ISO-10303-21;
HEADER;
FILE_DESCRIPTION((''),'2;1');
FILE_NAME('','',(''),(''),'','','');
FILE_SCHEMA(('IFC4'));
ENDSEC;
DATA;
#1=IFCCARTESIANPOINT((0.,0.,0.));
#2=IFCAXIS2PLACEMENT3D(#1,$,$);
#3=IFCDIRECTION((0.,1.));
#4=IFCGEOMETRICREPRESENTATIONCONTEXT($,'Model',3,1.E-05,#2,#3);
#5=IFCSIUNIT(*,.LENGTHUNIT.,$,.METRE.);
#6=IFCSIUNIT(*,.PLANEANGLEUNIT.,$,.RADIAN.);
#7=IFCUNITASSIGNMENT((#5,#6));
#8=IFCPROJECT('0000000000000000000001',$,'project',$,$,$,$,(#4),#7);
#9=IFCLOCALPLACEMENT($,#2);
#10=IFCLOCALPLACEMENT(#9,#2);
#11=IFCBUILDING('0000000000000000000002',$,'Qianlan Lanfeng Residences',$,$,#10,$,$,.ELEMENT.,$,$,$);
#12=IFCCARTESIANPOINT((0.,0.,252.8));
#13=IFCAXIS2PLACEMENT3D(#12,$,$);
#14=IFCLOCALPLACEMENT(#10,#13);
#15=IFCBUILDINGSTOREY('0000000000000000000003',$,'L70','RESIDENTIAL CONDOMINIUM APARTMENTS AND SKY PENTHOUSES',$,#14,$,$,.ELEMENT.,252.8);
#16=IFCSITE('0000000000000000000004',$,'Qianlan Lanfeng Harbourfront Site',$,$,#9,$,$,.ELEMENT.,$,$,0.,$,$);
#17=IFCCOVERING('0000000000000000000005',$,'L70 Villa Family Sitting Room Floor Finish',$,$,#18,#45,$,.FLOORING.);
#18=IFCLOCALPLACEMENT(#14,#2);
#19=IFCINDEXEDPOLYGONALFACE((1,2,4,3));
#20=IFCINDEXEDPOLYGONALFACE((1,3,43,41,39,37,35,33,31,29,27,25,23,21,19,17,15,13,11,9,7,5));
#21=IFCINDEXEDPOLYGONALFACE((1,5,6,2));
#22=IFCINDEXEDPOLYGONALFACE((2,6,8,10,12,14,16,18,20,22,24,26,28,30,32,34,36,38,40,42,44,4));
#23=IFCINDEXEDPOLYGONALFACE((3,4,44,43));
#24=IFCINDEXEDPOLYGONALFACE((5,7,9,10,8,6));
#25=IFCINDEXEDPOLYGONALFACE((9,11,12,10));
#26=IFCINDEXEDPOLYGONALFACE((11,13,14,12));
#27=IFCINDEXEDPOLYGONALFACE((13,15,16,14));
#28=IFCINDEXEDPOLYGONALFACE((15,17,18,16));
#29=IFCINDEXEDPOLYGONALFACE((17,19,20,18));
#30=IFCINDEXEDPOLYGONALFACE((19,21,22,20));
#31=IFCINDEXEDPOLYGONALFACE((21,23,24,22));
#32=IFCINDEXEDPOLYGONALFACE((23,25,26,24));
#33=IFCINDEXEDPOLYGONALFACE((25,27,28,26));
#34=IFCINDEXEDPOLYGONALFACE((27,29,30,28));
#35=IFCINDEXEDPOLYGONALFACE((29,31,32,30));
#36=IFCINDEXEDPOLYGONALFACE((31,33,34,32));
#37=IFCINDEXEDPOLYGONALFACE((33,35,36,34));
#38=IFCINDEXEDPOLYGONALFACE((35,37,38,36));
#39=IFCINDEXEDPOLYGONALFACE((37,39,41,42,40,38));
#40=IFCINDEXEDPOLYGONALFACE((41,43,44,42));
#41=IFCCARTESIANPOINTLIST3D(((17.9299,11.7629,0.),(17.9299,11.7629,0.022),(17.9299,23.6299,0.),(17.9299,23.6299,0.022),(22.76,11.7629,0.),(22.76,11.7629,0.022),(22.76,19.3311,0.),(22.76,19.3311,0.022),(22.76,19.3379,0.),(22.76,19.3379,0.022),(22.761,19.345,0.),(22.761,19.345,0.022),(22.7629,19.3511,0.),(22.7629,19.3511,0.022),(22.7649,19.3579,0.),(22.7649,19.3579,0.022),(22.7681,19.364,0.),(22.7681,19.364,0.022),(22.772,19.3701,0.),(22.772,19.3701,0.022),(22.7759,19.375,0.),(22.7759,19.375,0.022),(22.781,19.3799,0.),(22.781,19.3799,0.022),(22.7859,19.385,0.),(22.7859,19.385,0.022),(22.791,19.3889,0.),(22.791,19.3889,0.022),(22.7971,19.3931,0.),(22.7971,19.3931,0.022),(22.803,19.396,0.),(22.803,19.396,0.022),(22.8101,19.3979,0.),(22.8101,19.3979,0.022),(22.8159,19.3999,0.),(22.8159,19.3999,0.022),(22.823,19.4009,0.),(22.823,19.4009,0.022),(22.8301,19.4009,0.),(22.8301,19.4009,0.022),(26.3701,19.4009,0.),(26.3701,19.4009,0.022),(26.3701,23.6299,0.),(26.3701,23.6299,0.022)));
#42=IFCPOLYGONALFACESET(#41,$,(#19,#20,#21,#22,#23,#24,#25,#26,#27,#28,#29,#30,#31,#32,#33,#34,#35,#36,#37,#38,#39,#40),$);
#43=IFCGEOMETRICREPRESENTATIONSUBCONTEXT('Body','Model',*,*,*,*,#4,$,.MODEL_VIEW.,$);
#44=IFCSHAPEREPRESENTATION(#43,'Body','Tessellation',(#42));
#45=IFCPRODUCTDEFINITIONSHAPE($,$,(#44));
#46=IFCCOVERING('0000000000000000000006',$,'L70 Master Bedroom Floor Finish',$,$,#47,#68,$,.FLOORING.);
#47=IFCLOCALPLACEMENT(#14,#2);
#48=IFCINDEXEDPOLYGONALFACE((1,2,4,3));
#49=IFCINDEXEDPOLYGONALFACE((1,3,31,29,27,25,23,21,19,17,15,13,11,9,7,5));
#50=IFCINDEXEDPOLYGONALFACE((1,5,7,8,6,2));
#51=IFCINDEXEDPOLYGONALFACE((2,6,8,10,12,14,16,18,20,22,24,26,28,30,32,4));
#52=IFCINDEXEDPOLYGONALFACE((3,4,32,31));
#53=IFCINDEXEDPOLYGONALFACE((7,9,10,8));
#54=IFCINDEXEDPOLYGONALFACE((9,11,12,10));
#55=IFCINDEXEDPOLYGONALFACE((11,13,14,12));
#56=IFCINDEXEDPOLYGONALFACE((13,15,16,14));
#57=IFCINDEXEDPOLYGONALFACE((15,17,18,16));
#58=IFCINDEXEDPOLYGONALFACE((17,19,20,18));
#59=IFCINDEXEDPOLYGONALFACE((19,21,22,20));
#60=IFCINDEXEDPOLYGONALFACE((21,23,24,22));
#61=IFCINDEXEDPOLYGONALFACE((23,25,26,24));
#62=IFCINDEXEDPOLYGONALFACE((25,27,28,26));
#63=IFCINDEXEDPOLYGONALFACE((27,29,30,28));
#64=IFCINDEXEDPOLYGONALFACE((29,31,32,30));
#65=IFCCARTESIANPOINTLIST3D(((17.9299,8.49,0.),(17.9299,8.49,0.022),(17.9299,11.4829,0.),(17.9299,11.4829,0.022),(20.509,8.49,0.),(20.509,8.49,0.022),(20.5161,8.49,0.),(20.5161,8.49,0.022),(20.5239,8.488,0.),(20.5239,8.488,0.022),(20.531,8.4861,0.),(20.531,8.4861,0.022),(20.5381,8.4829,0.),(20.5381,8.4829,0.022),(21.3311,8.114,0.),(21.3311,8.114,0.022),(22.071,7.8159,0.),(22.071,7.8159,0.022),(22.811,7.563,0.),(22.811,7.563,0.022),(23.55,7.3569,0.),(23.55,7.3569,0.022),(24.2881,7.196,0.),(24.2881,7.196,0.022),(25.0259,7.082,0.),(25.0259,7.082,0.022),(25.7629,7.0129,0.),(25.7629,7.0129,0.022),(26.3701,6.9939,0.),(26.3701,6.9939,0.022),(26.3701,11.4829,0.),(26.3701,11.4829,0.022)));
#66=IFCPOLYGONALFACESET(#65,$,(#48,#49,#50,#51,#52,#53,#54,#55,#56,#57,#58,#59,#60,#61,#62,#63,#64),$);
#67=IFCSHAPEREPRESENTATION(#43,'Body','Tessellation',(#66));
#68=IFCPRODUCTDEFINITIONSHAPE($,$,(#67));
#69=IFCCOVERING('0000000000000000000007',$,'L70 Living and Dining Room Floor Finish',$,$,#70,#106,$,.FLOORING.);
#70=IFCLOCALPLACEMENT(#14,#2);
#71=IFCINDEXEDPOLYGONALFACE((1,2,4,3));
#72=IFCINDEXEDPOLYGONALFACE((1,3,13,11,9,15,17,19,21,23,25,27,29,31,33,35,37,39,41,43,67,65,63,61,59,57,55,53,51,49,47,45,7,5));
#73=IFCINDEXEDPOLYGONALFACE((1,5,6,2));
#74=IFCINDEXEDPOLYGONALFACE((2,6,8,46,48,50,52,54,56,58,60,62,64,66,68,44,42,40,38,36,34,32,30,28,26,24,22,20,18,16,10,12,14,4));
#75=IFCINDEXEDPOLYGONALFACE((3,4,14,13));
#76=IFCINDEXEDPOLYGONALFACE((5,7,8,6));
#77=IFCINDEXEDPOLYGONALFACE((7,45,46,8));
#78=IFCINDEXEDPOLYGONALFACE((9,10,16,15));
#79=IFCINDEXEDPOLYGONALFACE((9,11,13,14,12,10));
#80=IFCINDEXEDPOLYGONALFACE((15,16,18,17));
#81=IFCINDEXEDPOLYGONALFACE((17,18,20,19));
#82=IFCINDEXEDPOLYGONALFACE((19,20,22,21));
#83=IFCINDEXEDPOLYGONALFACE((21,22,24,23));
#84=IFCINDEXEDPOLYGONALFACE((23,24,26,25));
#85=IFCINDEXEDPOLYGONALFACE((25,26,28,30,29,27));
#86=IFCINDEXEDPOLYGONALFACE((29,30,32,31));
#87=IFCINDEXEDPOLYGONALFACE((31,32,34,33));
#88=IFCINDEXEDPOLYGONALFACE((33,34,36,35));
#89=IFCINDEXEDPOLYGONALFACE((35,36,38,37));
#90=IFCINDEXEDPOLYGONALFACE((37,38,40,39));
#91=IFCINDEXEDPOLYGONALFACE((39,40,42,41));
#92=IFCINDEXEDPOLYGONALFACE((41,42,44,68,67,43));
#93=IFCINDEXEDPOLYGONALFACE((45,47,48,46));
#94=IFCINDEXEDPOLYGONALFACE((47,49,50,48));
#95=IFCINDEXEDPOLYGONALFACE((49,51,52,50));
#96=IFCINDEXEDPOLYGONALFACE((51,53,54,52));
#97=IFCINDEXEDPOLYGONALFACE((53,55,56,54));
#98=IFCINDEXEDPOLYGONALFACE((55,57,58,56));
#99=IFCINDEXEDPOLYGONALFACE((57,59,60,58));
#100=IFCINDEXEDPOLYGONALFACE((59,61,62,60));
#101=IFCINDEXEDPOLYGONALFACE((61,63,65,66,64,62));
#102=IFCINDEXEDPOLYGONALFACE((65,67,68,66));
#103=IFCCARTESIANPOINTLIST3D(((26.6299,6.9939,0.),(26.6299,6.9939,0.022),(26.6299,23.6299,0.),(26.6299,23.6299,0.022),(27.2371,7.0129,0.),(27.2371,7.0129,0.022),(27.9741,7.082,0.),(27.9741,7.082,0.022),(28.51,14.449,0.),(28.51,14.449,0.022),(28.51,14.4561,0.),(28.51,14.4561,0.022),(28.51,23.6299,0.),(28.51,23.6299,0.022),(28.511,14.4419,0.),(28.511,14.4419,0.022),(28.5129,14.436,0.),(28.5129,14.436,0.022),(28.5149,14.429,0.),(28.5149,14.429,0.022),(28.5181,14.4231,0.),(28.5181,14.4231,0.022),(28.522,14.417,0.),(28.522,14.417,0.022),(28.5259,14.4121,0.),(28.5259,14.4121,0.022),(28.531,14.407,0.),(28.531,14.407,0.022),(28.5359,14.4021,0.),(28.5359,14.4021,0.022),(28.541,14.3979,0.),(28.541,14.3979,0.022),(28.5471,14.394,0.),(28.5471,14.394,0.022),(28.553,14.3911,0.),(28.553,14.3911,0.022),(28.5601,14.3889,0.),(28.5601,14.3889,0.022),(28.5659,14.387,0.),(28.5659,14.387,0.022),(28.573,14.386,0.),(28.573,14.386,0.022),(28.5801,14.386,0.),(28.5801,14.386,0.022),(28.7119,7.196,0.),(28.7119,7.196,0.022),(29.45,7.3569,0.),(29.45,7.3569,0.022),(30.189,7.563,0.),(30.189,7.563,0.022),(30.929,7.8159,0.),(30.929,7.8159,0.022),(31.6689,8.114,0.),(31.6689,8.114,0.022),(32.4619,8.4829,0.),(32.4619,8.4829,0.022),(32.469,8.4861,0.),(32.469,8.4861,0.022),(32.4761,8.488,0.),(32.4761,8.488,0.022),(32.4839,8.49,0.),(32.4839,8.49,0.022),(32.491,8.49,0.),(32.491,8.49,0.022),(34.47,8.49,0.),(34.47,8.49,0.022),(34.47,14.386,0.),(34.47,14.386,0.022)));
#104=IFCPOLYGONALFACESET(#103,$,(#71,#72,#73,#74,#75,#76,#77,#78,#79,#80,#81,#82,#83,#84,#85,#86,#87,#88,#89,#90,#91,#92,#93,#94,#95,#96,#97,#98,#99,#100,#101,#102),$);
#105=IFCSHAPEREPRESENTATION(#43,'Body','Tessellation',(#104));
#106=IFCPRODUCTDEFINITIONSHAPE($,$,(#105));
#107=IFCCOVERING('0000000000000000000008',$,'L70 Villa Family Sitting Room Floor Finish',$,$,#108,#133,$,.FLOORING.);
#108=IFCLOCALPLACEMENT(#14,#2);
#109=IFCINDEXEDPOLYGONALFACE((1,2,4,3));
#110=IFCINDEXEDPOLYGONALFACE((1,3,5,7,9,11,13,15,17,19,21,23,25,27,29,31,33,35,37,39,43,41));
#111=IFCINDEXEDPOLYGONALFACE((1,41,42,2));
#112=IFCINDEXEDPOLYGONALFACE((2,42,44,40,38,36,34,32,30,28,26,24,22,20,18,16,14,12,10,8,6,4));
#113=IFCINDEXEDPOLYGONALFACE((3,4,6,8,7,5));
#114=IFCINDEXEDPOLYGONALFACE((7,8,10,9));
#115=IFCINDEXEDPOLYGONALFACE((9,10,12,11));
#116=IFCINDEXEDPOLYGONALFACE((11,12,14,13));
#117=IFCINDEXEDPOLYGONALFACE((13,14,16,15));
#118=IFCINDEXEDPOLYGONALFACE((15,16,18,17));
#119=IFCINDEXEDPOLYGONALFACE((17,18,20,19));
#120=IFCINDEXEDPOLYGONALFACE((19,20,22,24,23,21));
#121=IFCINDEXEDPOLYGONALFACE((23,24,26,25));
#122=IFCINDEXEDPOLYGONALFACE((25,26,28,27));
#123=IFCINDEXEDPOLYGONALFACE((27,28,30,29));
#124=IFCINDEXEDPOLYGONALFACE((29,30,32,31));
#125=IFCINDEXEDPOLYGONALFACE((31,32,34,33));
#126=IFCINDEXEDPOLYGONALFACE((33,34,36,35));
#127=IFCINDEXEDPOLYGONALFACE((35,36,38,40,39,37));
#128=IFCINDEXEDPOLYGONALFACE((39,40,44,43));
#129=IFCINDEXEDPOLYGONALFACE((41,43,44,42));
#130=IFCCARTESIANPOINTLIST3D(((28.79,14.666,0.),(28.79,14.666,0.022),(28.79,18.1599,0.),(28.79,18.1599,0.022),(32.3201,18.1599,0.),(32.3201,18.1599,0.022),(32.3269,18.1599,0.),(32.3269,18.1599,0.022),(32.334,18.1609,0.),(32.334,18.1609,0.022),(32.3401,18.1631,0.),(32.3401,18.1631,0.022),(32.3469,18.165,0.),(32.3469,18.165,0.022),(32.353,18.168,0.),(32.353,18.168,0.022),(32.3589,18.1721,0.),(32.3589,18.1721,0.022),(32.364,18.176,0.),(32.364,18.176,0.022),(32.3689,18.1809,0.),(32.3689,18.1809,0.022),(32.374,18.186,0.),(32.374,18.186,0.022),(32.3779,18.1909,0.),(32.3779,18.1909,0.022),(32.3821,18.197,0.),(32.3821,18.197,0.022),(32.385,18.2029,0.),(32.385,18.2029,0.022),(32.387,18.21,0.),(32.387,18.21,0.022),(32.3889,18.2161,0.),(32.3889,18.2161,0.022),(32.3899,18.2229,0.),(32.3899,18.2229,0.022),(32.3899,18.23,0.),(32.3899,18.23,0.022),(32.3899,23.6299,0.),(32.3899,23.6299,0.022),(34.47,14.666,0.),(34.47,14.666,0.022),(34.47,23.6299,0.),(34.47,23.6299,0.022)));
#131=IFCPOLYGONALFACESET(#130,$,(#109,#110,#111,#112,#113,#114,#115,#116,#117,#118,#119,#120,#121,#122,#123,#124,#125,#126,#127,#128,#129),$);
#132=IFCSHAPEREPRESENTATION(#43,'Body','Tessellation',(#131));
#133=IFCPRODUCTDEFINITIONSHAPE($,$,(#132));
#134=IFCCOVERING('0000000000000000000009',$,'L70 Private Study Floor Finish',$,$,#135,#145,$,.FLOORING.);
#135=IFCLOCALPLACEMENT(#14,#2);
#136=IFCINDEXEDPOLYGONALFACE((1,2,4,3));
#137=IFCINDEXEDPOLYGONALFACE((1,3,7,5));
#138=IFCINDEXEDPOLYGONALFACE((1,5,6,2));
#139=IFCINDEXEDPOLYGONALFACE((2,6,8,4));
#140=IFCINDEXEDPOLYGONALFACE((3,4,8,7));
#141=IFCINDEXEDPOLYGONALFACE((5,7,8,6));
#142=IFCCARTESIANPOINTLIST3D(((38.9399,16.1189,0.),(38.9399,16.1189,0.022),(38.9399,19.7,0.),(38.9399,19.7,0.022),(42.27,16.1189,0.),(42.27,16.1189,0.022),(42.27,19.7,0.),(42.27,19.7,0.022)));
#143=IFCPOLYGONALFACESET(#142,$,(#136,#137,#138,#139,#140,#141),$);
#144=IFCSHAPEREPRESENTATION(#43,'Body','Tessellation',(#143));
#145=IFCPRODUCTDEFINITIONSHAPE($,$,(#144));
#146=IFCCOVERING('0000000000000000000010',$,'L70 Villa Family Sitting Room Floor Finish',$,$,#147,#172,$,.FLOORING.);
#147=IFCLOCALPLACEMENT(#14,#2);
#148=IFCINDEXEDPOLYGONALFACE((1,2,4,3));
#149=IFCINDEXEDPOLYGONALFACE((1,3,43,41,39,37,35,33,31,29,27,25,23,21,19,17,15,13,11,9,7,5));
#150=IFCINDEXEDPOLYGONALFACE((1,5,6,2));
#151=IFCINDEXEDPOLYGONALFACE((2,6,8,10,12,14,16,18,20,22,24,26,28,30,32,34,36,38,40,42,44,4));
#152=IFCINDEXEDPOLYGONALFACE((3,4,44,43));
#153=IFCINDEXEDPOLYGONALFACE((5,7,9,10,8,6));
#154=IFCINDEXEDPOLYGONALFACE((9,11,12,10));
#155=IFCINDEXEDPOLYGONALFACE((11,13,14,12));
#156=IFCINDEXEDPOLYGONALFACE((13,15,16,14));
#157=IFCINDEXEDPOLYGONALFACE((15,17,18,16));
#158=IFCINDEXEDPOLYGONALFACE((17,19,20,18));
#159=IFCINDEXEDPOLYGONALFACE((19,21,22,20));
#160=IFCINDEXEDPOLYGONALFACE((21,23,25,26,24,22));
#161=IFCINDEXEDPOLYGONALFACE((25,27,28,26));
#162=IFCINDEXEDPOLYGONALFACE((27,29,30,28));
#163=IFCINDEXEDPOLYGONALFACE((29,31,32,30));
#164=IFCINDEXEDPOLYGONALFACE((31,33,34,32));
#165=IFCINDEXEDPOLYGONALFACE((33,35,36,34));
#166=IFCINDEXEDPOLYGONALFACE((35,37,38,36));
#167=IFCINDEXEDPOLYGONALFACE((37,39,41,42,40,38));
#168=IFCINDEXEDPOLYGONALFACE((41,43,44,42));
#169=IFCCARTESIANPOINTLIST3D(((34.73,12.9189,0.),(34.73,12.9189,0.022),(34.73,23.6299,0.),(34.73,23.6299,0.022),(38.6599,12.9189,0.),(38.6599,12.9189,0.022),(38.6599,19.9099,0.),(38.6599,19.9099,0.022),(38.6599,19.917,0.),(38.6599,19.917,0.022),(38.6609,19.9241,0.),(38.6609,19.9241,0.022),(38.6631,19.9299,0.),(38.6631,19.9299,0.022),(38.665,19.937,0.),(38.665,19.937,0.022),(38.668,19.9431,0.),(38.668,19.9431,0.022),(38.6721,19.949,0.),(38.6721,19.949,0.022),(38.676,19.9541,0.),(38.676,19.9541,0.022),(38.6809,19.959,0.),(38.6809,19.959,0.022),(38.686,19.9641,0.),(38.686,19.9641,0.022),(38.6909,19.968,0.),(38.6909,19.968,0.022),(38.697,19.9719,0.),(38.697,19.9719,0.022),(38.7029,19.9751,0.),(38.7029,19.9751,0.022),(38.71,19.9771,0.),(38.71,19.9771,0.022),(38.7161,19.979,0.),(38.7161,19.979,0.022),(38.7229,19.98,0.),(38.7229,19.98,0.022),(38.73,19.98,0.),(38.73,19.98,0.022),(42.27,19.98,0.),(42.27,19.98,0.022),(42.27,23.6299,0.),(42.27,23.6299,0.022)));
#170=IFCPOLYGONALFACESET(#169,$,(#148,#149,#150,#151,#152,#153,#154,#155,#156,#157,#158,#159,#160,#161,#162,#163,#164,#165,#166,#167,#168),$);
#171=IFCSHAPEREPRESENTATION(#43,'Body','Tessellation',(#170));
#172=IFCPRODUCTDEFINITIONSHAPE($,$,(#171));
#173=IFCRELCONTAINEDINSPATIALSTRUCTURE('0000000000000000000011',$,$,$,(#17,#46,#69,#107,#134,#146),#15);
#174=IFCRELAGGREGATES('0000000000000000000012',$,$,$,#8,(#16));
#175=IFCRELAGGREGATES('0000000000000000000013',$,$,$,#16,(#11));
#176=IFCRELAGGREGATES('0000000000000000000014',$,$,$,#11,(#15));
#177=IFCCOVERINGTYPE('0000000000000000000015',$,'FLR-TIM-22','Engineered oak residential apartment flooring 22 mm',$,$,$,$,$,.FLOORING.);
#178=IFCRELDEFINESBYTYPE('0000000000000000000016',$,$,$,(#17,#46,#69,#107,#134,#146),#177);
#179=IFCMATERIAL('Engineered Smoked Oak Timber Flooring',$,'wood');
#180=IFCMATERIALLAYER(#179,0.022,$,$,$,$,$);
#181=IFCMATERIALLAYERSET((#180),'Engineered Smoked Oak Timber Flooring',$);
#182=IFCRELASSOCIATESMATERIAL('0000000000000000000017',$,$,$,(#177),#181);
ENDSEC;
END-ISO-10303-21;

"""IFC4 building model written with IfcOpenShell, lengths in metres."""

from ifc_helpers import new_model, si_unit, direction, frame, origin, place, context, subcontext, project, spatial, polyline, outline, extrude, material, layer, layer_set, type_object, element, save


model = new_model("IFC4")

# Units and contexts
model_context = context("Model", 3, precision=1e-05, world=origin(), true_north=direction((0.0, 1.0)))
body_context = subcontext(model_context, "Body", "Model", "MODEL_VIEW")
ifc_project = project(units=[si_unit("LENGTHUNIT", "METRE"), si_unit("PLANEANGLEUNIT", "RADIAN")], contexts=[model_context])

# Site, building, storey
site_placement = place(None, origin())
site = spatial("IfcSite", under=ifc_project, at=site_placement, Name="Qianlan Lanfeng Harbourfront Site", CompositionType="ELEMENT", RefElevation=0.0)
building_placement = place(site_placement, origin())
building = spatial("IfcBuilding", under=site, at=building_placement, Name="Qianlan Lanfeng Residences", CompositionType="ELEMENT")
storey_placement = place(building_placement, frame((0.0, 0.0, 252.8)))
storey = spatial("IfcBuildingStorey", under=building, at=storey_placement, Name="L70", Description="RESIDENTIAL CONDOMINIUM APARTMENTS AND SKY PENTHOUSES", CompositionType="ELEMENT", Elevation=252.8)

# Coverings
ifc_material_1 = material(Name="Engineered Smoked Oak Timber Flooring", Category="wood")
ifc_layer_1 = layer(ifc_material_1, 0.022)
ifc_layer_set_1 = layer_set([ifc_layer_1], Name="Engineered Smoked Oak Timber Flooring")
covering_type_1 = type_object("IfcCoveringType", Name="FLR-TIM-22", Description="Engineered oak residential apartment flooring 22 mm", PredefinedType="FLOORING", material=ifc_layer_set_1)
covering_1_placement = place(storey_placement, origin())
element("IfcCovering", 1, at=covering_1_placement, inside=storey, type_object=covering_type_1, Name="L70 Villa Family Sitting Room Floor Finish", PredefinedType="FLOORING", context=body_context, shape_type="SweptSolid", body=[
    extrude(outline(polyline([(17.9299, 11.7629), (22.76, 11.7629), (22.76, 19.3311), (22.76, 19.3379), (22.761, 19.345), (22.7629, 19.3511), (22.7649, 19.3579), (22.7681, 19.364), (22.772, 19.3701), (22.7759, 19.375), (22.781, 19.3799), (22.7859, 19.385), (22.791, 19.3889), (22.7971, 19.3931), (22.803, 19.396), (22.8101, 19.3979), (22.8159, 19.3999), (22.823, 19.4009), (22.8301, 19.4009), (26.3701, 19.4009), (26.3701, 23.6299), (17.9299, 23.6299), (17.9299, 11.7629)])), origin(), (0.0, 0.0, 1.0), 0.022),
])
covering_2_placement = place(storey_placement, origin())
element("IfcCovering", 2, at=covering_2_placement, inside=storey, type_object=covering_type_1, Name="L70 Master Bedroom Floor Finish", PredefinedType="FLOORING", context=body_context, shape_type="SweptSolid", body=[
    extrude(outline(polyline([(17.9299, 11.4829), (17.9299, 8.49), (20.509, 8.49), (20.5161, 8.49), (20.5239, 8.488), (20.531, 8.4861), (20.5381, 8.4829), (21.3311, 8.114), (22.071, 7.8159), (22.811, 7.563), (23.55, 7.3569), (24.2881, 7.196), (25.0259, 7.082), (25.7629, 7.0129), (26.3701, 6.9939), (26.3701, 11.4829), (17.9299, 11.4829)])), origin(), (0.0, 0.0, 1.0), 0.022),
])
covering_3_placement = place(storey_placement, origin())
element("IfcCovering", 3, at=covering_3_placement, inside=storey, type_object=covering_type_1, Name="L70 Living and Dining Room Floor Finish", PredefinedType="FLOORING", context=body_context, shape_type="SweptSolid", body=[
    extrude(outline(polyline([(34.47, 8.49), (34.47, 14.386), (28.5801, 14.386), (28.573, 14.386), (28.5659, 14.387), (28.5601, 14.3889), (28.553, 14.3911), (28.5471, 14.394), (28.541, 14.3979), (28.5359, 14.4021), (28.531, 14.407), (28.5259, 14.4121), (28.522, 14.417), (28.5181, 14.4231), (28.5149, 14.429), (28.5129, 14.436), (28.511, 14.4419), (28.51, 14.449), (28.51, 14.4561), (28.51, 23.6299), (26.6299, 23.6299), (26.6299, 6.9939), (27.2371, 7.0129), (27.9741, 7.082), (28.7119, 7.196), (29.45, 7.3569), (30.189, 7.563), (30.929, 7.8159), (31.6689, 8.114), (32.4619, 8.4829), (32.469, 8.4861), (32.4761, 8.488), (32.4839, 8.49), (32.491, 8.49), (34.47, 8.49)])), origin(), (0.0, 0.0, 1.0), 0.022),
])
covering_4_placement = place(storey_placement, origin())
element("IfcCovering", 4, at=covering_4_placement, inside=storey, type_object=covering_type_1, Name="L70 Villa Family Sitting Room Floor Finish", PredefinedType="FLOORING", context=body_context, shape_type="SweptSolid", body=[
    extrude(outline(polyline([(28.79, 14.666), (34.47, 14.666), (34.47, 23.6299), (32.3899, 23.6299), (32.3899, 18.23), (32.3899, 18.2229), (32.3889, 18.2161), (32.387, 18.21), (32.385, 18.2029), (32.3821, 18.197), (32.3779, 18.1909), (32.374, 18.186), (32.3689, 18.1809), (32.364, 18.176), (32.3589, 18.1721), (32.353, 18.168), (32.3469, 18.165), (32.3401, 18.1631), (32.334, 18.1609), (32.3269, 18.1599), (32.3201, 18.1599), (28.79, 18.1599), (28.79, 14.666)])), origin(), (0.0, 0.0, 1.0), 0.022),
])
covering_5_placement = place(storey_placement, origin())
element("IfcCovering", 5, at=covering_5_placement, inside=storey, type_object=covering_type_1, Name="L70 Private Study Floor Finish", PredefinedType="FLOORING", context=body_context, shape_type="SweptSolid", body=[
    extrude(outline(polyline([(38.9399, 16.1189), (42.27, 16.1189), (42.27, 19.7), (38.9399, 19.7), (38.9399, 16.1189)])), origin(), (0.0, 0.0, 1.0), 0.022),
])
covering_6_placement = place(storey_placement, origin())
element("IfcCovering", 6, at=covering_6_placement, inside=storey, type_object=covering_type_1, Name="L70 Villa Family Sitting Room Floor Finish", PredefinedType="FLOORING", context=body_context, shape_type="SweptSolid", body=[
    extrude(outline(polyline([(34.73, 12.9189), (38.6599, 12.9189), (38.6599, 19.9099), (38.6599, 19.917), (38.6609, 19.9241), (38.6631, 19.9299), (38.665, 19.937), (38.668, 19.9431), (38.6721, 19.949), (38.676, 19.9541), (38.6809, 19.959), (38.686, 19.9641), (38.6909, 19.968), (38.697, 19.9719), (38.7029, 19.9751), (38.71, 19.9771), (38.7161, 19.979), (38.7229, 19.98), (38.73, 19.98), (42.27, 19.98), (42.27, 23.6299), (34.73, 23.6299), (34.73, 12.9189)])), origin(), (0.0, 0.0, 1.0), 0.022),
])

save(model, "model.ifc")
